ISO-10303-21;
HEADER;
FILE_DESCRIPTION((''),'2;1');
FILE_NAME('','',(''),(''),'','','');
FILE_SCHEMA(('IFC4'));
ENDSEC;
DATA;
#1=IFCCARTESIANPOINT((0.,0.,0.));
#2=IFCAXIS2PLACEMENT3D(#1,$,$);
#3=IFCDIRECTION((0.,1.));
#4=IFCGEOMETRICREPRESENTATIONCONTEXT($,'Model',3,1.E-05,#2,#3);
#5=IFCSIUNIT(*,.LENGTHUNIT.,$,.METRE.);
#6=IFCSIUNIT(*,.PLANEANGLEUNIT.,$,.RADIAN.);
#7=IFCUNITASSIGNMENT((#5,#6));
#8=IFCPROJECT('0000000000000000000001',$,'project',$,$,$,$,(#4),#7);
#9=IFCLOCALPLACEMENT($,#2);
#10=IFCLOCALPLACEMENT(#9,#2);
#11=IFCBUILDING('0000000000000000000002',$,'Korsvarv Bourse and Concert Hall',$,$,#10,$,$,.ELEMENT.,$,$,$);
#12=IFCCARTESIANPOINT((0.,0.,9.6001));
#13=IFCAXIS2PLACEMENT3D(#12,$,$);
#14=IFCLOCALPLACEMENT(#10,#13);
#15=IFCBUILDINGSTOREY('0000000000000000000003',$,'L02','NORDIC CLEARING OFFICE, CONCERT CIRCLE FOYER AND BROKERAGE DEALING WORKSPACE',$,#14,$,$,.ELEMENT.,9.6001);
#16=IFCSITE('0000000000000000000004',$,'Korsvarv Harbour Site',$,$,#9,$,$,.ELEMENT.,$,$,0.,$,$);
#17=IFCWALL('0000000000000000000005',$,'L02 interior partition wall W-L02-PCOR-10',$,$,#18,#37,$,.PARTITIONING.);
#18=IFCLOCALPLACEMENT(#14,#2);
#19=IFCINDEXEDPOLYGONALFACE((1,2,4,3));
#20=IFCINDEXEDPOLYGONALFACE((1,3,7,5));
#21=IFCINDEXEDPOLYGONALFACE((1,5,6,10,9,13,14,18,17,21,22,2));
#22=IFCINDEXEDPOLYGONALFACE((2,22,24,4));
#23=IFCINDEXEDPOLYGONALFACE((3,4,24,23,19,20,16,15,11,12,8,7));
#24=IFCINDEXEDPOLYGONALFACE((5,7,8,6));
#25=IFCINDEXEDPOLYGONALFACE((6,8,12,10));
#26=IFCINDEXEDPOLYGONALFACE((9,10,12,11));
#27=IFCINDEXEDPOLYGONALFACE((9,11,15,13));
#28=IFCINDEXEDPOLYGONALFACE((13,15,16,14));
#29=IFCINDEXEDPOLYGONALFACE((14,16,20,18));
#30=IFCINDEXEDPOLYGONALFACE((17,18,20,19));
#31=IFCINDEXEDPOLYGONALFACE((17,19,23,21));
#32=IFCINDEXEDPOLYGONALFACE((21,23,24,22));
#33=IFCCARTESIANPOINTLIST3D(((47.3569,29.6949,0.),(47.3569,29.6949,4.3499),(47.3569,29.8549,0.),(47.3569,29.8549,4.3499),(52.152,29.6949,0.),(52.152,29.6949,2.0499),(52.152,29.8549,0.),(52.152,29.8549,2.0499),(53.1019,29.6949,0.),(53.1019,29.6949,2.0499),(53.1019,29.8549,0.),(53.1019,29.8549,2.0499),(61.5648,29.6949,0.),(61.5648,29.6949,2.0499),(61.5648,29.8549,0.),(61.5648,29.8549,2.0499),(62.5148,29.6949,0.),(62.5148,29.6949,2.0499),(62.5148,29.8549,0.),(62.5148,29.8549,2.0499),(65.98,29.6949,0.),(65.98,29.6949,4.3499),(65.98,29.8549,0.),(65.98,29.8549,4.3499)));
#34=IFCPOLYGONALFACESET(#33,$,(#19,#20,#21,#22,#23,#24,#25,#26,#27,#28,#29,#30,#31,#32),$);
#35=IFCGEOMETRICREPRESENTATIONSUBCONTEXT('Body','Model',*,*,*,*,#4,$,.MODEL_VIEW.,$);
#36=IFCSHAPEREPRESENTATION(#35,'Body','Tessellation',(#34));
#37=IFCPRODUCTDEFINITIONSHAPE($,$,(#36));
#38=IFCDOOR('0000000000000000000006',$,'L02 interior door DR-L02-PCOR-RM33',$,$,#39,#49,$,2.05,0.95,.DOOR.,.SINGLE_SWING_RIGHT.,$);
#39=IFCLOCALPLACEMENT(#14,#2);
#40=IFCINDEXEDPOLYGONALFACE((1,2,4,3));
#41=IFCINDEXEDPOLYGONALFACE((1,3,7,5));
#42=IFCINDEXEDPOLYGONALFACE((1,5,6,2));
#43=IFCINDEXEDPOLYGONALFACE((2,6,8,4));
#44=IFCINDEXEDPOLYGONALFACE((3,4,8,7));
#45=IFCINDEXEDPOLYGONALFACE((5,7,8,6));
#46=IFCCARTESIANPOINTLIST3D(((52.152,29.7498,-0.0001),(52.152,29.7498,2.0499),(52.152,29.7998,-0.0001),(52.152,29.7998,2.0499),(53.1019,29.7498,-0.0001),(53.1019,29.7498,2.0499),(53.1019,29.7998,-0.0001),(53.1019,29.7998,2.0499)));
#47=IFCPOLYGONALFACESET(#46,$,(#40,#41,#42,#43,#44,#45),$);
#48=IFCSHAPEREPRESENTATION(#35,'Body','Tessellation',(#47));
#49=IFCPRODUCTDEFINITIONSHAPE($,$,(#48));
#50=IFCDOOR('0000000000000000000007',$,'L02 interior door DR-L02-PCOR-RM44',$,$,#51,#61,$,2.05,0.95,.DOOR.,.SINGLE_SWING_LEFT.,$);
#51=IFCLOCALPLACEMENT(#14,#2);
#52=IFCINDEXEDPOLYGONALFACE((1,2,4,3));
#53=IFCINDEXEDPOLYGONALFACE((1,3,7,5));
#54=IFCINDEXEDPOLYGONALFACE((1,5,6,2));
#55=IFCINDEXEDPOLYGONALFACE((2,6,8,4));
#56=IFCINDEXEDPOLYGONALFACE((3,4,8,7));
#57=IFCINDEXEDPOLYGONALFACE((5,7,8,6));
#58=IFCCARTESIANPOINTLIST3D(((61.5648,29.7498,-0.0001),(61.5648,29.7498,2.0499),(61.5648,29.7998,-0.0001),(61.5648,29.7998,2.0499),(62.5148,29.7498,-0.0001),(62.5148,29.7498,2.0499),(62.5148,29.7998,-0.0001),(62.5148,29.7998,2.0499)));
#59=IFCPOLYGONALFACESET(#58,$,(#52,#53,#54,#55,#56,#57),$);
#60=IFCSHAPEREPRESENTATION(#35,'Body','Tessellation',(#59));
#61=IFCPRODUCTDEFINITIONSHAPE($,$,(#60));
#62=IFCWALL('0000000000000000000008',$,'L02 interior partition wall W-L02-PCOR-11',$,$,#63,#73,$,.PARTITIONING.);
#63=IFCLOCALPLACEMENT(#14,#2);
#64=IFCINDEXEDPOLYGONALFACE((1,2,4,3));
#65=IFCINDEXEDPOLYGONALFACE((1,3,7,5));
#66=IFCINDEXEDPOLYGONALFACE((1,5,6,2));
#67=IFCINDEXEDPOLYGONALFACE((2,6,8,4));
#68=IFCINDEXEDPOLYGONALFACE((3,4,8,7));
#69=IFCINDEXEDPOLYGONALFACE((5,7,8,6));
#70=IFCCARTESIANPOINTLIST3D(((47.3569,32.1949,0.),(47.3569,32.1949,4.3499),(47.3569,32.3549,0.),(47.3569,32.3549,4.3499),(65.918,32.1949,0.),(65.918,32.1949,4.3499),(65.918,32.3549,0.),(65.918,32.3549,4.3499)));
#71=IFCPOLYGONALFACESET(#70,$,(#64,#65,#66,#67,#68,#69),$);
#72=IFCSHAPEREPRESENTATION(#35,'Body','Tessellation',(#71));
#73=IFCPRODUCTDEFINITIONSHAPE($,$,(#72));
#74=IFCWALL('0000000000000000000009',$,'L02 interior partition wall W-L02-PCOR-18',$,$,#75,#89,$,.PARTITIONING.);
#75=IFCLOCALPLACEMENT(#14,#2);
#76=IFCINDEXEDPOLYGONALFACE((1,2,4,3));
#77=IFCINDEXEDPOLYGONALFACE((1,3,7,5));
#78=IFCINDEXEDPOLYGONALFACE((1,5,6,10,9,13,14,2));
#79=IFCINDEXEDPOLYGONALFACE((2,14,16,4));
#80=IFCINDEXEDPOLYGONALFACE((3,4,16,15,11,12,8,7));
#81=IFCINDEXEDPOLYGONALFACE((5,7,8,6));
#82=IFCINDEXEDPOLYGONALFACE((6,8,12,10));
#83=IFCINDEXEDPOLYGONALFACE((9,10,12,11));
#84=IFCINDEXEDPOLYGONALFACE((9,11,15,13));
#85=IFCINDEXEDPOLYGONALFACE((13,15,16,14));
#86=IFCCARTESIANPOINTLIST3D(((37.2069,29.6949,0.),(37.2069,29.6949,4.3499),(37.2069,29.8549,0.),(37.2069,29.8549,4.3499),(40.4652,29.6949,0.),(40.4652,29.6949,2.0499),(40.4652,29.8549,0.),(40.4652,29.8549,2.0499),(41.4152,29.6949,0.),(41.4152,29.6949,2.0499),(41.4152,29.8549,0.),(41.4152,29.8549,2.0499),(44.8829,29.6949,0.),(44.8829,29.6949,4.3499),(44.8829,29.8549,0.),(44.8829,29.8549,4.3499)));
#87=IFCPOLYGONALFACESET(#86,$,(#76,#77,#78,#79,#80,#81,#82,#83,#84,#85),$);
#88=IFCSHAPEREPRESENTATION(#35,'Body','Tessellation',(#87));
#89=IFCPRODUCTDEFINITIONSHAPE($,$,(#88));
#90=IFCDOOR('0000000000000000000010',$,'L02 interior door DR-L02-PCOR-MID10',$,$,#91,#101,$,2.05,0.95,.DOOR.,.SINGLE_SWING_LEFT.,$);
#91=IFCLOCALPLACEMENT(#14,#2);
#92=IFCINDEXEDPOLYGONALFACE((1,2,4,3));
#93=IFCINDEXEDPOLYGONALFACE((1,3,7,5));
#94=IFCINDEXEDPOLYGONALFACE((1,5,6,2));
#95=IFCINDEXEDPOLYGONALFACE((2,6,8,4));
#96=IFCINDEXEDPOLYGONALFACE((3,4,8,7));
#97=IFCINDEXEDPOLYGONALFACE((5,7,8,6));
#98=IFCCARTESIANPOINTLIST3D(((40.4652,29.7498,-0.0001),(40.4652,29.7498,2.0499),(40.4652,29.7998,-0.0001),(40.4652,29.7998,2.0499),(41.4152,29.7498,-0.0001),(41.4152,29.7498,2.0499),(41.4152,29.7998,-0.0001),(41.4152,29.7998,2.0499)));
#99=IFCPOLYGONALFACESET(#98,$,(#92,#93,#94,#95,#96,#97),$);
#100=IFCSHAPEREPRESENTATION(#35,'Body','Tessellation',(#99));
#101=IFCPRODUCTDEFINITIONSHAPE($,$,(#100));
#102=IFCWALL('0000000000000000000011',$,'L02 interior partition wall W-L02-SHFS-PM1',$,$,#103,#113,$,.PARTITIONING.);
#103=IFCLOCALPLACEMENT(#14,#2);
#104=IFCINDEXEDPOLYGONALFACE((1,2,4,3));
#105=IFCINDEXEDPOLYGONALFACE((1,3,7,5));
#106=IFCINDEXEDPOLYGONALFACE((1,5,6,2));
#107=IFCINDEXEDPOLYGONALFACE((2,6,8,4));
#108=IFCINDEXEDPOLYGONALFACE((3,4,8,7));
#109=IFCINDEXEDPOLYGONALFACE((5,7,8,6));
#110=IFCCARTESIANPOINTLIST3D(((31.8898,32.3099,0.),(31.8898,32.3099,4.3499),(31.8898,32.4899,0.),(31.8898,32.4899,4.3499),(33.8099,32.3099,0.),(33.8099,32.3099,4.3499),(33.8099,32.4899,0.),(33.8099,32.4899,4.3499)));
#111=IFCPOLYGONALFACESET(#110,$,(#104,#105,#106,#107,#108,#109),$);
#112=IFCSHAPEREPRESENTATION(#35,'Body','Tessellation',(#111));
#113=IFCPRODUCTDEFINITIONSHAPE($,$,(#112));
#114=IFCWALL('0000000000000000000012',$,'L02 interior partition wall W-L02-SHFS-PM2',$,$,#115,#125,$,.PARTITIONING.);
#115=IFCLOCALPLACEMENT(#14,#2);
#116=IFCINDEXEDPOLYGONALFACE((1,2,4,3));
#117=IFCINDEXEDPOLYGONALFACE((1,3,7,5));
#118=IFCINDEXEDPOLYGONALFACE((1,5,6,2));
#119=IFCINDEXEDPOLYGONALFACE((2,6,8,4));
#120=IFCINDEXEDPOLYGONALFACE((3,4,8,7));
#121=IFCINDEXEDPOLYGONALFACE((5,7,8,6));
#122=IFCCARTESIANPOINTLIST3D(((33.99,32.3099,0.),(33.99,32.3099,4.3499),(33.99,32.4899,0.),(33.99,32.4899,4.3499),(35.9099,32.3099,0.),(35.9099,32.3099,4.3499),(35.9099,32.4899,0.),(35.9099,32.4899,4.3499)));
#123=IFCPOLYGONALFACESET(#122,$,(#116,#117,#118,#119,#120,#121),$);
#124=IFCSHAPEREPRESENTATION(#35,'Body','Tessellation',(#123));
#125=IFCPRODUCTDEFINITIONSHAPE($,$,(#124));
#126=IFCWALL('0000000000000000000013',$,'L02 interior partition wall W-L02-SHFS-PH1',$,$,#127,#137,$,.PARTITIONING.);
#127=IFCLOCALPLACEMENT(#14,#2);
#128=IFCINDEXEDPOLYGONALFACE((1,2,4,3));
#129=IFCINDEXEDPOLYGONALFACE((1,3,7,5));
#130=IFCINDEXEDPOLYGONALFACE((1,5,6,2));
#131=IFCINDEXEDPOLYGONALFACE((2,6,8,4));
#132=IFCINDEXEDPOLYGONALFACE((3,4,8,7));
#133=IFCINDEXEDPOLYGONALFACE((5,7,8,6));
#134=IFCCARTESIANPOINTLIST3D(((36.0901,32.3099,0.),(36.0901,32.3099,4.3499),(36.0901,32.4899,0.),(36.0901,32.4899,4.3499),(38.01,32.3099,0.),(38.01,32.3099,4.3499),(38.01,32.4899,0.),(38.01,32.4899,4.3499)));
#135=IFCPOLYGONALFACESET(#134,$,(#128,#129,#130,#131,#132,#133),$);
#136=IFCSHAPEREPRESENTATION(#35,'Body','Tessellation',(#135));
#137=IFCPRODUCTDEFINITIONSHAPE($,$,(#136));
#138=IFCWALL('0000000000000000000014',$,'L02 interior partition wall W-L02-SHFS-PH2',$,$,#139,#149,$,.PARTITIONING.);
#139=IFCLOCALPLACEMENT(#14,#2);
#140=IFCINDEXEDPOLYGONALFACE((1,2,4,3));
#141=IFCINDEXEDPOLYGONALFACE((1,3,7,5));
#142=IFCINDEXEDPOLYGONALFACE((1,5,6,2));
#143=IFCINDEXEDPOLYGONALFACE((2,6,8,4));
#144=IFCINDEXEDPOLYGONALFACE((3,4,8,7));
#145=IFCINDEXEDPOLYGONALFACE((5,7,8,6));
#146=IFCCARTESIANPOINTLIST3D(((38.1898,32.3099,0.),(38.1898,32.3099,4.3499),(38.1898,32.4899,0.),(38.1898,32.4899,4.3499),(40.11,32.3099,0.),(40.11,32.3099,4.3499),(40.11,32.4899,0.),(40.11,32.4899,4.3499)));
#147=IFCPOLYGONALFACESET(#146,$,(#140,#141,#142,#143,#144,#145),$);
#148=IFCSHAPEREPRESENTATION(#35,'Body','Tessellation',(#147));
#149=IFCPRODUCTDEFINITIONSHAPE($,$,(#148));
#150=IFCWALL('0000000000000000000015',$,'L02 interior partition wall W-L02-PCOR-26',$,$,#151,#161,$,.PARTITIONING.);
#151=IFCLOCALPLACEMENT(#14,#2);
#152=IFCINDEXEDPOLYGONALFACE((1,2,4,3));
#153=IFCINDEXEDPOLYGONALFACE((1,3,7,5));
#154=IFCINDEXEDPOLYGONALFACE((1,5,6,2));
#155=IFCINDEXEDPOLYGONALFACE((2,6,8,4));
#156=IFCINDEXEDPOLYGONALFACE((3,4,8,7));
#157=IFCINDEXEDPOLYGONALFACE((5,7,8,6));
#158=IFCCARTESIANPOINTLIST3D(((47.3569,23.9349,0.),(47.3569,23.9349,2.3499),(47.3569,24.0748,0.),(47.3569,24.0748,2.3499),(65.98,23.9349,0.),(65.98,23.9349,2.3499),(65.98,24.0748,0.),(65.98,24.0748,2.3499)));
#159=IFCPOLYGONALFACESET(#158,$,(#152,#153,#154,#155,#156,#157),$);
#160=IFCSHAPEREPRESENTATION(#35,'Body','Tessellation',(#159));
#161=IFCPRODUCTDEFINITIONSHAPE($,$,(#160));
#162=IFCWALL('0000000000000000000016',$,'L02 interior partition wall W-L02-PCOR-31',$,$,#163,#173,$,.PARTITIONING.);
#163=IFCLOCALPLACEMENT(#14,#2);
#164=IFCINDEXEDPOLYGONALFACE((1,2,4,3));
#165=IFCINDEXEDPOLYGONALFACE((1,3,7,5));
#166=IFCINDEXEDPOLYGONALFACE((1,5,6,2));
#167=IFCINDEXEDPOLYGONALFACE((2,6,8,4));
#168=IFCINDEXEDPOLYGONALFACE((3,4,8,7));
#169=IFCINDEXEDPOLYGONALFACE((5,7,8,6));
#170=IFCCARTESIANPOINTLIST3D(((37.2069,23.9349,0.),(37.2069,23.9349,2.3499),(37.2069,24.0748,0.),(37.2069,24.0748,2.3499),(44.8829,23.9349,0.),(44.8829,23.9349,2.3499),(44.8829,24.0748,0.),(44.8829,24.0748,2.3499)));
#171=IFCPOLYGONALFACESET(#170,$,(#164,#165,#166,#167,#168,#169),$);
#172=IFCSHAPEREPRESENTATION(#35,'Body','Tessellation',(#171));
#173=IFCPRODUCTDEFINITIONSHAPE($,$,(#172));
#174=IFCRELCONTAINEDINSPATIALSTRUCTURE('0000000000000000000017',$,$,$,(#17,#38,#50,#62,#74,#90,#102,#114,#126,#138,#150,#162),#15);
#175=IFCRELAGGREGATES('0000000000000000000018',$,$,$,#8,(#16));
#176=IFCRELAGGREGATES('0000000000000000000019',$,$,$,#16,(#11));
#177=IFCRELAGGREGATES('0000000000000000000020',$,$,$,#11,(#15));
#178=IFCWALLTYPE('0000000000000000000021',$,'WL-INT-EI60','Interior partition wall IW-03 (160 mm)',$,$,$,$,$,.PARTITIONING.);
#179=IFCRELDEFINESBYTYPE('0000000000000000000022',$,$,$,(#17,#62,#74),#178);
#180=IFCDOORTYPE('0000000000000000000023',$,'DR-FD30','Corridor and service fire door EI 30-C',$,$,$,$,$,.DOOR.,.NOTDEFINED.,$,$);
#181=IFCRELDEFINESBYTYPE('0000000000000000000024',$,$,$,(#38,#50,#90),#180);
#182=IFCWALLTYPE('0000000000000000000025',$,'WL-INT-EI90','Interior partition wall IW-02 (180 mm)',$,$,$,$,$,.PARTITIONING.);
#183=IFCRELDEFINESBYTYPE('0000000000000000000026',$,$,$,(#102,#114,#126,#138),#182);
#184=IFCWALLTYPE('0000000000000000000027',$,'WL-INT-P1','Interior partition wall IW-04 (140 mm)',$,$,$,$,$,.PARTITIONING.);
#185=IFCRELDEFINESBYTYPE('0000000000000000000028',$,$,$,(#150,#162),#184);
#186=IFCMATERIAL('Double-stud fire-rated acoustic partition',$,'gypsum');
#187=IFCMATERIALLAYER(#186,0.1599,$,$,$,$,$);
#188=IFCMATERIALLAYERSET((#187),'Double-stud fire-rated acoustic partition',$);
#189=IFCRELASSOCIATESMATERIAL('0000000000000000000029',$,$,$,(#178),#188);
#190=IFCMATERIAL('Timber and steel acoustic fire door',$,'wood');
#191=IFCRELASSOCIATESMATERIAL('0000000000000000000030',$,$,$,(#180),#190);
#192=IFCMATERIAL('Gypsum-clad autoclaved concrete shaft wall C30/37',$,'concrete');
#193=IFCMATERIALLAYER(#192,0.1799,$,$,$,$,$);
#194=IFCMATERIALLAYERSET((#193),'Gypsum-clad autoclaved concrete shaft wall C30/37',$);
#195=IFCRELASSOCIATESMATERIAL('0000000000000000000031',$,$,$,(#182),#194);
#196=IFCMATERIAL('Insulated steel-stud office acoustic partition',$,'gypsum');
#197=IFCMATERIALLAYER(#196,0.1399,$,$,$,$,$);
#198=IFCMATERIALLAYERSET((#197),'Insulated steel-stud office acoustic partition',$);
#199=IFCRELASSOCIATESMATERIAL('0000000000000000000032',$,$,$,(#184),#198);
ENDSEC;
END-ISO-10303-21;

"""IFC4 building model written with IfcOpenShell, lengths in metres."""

from ifc_helpers import new_model, si_unit, direction, frame, frame_2d, origin, place, context, subcontext, project, spatial, rectangle, extrude, material, layer, layer_set, type_object, element, fill, save


model = new_model("IFC4")

# Units and contexts
model_context = context("Model", 3, precision=1e-05, world=origin(), true_north=direction((0.0, 1.0)))
body_context = subcontext(model_context, "Body", "Model", "MODEL_VIEW")
ifc_project = project(units=[si_unit("LENGTHUNIT", "METRE"), si_unit("PLANEANGLEUNIT", "RADIAN")], contexts=[model_context])

# Site, building, storey
site_placement = place(None, origin())
site = spatial("IfcSite", under=ifc_project, at=site_placement, Name="Korsvarv Harbour Site", CompositionType="ELEMENT", RefElevation=0.0)
building_placement = place(site_placement, origin())
building = spatial("IfcBuilding", under=site, at=building_placement, Name="Korsvarv Bourse and Concert Hall", CompositionType="ELEMENT")
storey_placement = place(building_placement, frame((0.0, 0.0, 9.6001)))
storey = spatial("IfcBuildingStorey", under=building, at=storey_placement, Name="L02", Description="NORDIC CLEARING OFFICE, CONCERT CIRCLE FOYER AND BROKERAGE DEALING WORKSPACE", CompositionType="ELEMENT", Elevation=9.6001)

# Wall, openings, doors
ifc_material_1 = material(Name="Double-stud fire-rated acoustic partition", Category="gypsum")
ifc_layer_1 = layer(ifc_material_1, 0.1599)
ifc_layer_set_1 = layer_set([ifc_layer_1], Name="Double-stud fire-rated acoustic partition")
wall_type_1 = type_object("IfcWallType", Name="WL-INT-EI60", Description="Interior partition wall IW-03 (160 mm)", PredefinedType="PARTITIONING", material=ifc_layer_set_1)
ifc_material_2 = material(Name="Timber and steel acoustic fire door", Category="wood")
door_type = type_object("IfcDoorType", Name="DR-FD30", Description="Corridor and service fire door EI 30-C", OperationType="NOTDEFINED", PredefinedType="DOOR", material=ifc_material_2)
wall_1_placement = place(storey_placement, frame((47.3569, 29.7749, 0.0), z_axis=(0.0, 0.0, 1.0), x_axis=(1.0, 0.0, 0.0)))
wall_1 = element("IfcWall", 1, at=wall_1_placement, inside=storey, type_object=wall_type_1, Name="L02 interior partition wall W-L02-PCOR-10", PredefinedType="PARTITIONING", context=body_context, shape_type="SweptSolid", body=[
    extrude(rectangle(XDim=18.623, YDim=0.1599, at=frame_2d((9.3115, 0.0))), origin(), (0.0, 0.0, 1.0), 4.3499),
])
opening_1_placement = place(wall_1_placement, frame((4.7949, 0.0, 0.0)))
opening_1 = element("IfcOpeningElement", 2, at=opening_1_placement, cuts=wall_1, PredefinedType="OPENING", context=body_context, shape_type="SweptSolid", body=[
    extrude(rectangle(XDim=0.95, YDim=2.05, at=frame_2d((0.4751, 1.0249))), frame((0.0, 0.0898, 0.0), z_axis=(0.0, -1.0, 0.0), x_axis=(1.0, 0.0, 0.0)), (0.0, 0.0, 1.0), 0.1799),
])
opening_2_placement = place(wall_1_placement, frame((14.2078, 0.0, 0.0)))
opening_2 = element("IfcOpeningElement", 3, at=opening_2_placement, cuts=wall_1, PredefinedType="OPENING", context=body_context, shape_type="SweptSolid", body=[
    extrude(rectangle(XDim=0.95, YDim=2.05, at=frame_2d((0.4751, 1.0249))), frame((0.0, 0.0898, 0.0), z_axis=(0.0, -1.0, 0.0), x_axis=(1.0, 0.0, 0.0)), (0.0, 0.0, 1.0), 0.1799),
])
door_1_placement = place(opening_1_placement, origin())
door_1 = element("IfcDoor", 4, at=door_1_placement, inside=storey, type_object=door_type, Name="L02 interior door DR-L02-PCOR-RM33", OperationType="SINGLE_SWING_RIGHT", OverallHeight=2.05, OverallWidth=0.95, PredefinedType="DOOR", context=body_context, shape_type="SweptSolid", body=[
    extrude(rectangle(XDim=0.95, YDim=2.05, at=frame_2d((0.4751, 1.0249))), frame((0.0, 0.0249, 0.0), z_axis=(0.0, -1.0, 0.0), x_axis=(1.0, 0.0, 0.0)), (0.0, 0.0, 1.0), 0.05),
])
fill(opening_1, door_1)
door_2_placement = place(opening_2_placement, origin())
door_2 = element("IfcDoor", 5, at=door_2_placement, inside=storey, type_object=door_type, Name="L02 interior door DR-L02-PCOR-RM44", OperationType="SINGLE_SWING_LEFT", OverallHeight=2.05, OverallWidth=0.95, PredefinedType="DOOR", context=body_context, shape_type="SweptSolid", body=[
    extrude(rectangle(XDim=0.95, YDim=2.05, at=frame_2d((0.4751, 1.0249))), frame((0.0, 0.0249, 0.0), z_axis=(0.0, -1.0, 0.0), x_axis=(1.0, 0.0, 0.0)), (0.0, 0.0, 1.0), 0.05),
])
fill(opening_2, door_2)

# Wall
wall_2_placement = place(storey_placement, frame((47.3569, 32.2749, 0.0), z_axis=(0.0, 0.0, 1.0), x_axis=(1.0, 0.0, 0.0)))
element("IfcWall", 6, at=wall_2_placement, inside=storey, type_object=wall_type_1, Name="L02 interior partition wall W-L02-PCOR-11", PredefinedType="PARTITIONING", context=body_context, shape_type="SweptSolid", body=[
    extrude(rectangle(XDim=18.561, YDim=0.1599, at=frame_2d((9.2805, 0.0))), origin(), (0.0, 0.0, 1.0), 4.3499),
])

# Wall, opening, door
wall_3_placement = place(storey_placement, frame((37.207, 29.7749, 0.0), z_axis=(0.0, 0.0, 1.0), x_axis=(1.0, 0.0, 0.0)))
wall_3 = element("IfcWall", 7, at=wall_3_placement, inside=storey, type_object=wall_type_1, Name="L02 interior partition wall W-L02-PCOR-18", PredefinedType="PARTITIONING", context=body_context, shape_type="SweptSolid", body=[
    extrude(rectangle(XDim=7.676, YDim=0.1599, at=frame_2d((3.8379, 0.0))), origin(), (0.0, 0.0, 1.0), 4.3499),
])
opening_3_placement = place(wall_3_placement, frame((3.2581, 0.0, 0.0)))
opening_3 = element("IfcOpeningElement", 8, at=opening_3_placement, cuts=wall_3, PredefinedType="OPENING", context=body_context, shape_type="SweptSolid", body=[
    extrude(rectangle(XDim=0.95, YDim=2.05, at=frame_2d((0.4751, 1.0249))), frame((0.0, 0.0898, 0.0), z_axis=(0.0, -1.0, 0.0), x_axis=(1.0, 0.0, 0.0)), (0.0, 0.0, 1.0), 0.1799),
])
door_3_placement = place(opening_3_placement, origin())
door_3 = element("IfcDoor", 9, at=door_3_placement, inside=storey, type_object=door_type, Name="L02 interior door DR-L02-PCOR-MID10", OperationType="SINGLE_SWING_LEFT", OverallHeight=2.05, OverallWidth=0.95, PredefinedType="DOOR", context=body_context, shape_type="SweptSolid", body=[
    extrude(rectangle(XDim=0.95, YDim=2.05, at=frame_2d((0.4751, 1.0249))), frame((0.0, 0.0249, 0.0), z_axis=(0.0, -1.0, 0.0), x_axis=(1.0, 0.0, 0.0)), (0.0, 0.0, 1.0), 0.05),
])
fill(opening_3, door_3)

# Walls
ifc_material_3 = material(Name="Gypsum-clad autoclaved concrete shaft wall C30/37", Category="concrete")
ifc_layer_2 = layer(ifc_material_3, 0.1799)
ifc_layer_set_2 = layer_set([ifc_layer_2], Name="Gypsum-clad autoclaved concrete shaft wall C30/37")
wall_type_2 = type_object("IfcWallType", Name="WL-INT-EI90", Description="Interior partition wall IW-02 (180 mm)", PredefinedType="PARTITIONING", material=ifc_layer_set_2)
wall_4_placement = place(storey_placement, frame((31.8899, 32.3999, 0.0), z_axis=(0.0, 0.0, 1.0), x_axis=(1.0, 0.0, 0.0)))
element("IfcWall", 10, at=wall_4_placement, inside=storey, type_object=wall_type_2, Name="L02 interior partition wall W-L02-SHFS-PM1", PredefinedType="PARTITIONING", context=body_context, shape_type="SweptSolid", body=[
    extrude(rectangle(XDim=1.9202, YDim=0.1799, at=frame_2d((0.96, 0.0))), origin(), (0.0, 0.0, 1.0), 4.3499),
])
for number, where, z_axis, x_axis, name in (
    (11, (33.99, 32.3999, 0.0), (0.0, 0.0, 1.0), (1.0, 0.0, 0.0), "L02 interior partition wall W-L02-SHFS-PM2"),
    (12, (36.0901, 32.3999, 0.0), (0.0, 0.0, 1.0), (1.0, 0.0, 0.0), "L02 interior partition wall W-L02-SHFS-PH1"),
):
    element("IfcWall", number, at=place(storey_placement, frame(where, z_axis=z_axis, x_axis=x_axis)), inside=storey, type_object=wall_type_2, Name=name, PredefinedType="PARTITIONING", context=body_context, shape_type="SweptSolid", body=[
        extrude(rectangle(XDim=1.9199, YDim=0.1799, at=frame_2d((0.96, 0.0))), origin(), (0.0, 0.0, 1.0), 4.3499),
    ])
wall_5_placement = place(storey_placement, frame((38.1899, 32.3999, 0.0), z_axis=(0.0, 0.0, 1.0), x_axis=(1.0, 0.0, 0.0)))
element("IfcWall", 13, at=wall_5_placement, inside=storey, type_object=wall_type_2, Name="L02 interior partition wall W-L02-SHFS-PH2", PredefinedType="PARTITIONING", context=body_context, shape_type="SweptSolid", body=[
    extrude(rectangle(XDim=1.9202, YDim=0.1799, at=frame_2d((0.96, 0.0))), origin(), (0.0, 0.0, 1.0), 4.3499),
])
ifc_material_4 = material(Name="Insulated steel-stud office acoustic partition", Category="gypsum")
ifc_layer_3 = layer(ifc_material_4, 0.1399)
ifc_layer_set_3 = layer_set([ifc_layer_3], Name="Insulated steel-stud office acoustic partition")
wall_type_3 = type_object("IfcWallType", Name="WL-INT-P1", Description="Interior partition wall IW-04 (140 mm)", PredefinedType="PARTITIONING", material=ifc_layer_set_3)
wall_6_placement = place(storey_placement, frame((47.3569, 24.0049, 0.0), z_axis=(0.0, 0.0, 1.0), x_axis=(1.0, 0.0, 0.0)))
element("IfcWall", 14, at=wall_6_placement, inside=storey, type_object=wall_type_3, Name="L02 interior partition wall W-L02-PCOR-26", PredefinedType="PARTITIONING", context=body_context, shape_type="SweptSolid", body=[
    extrude(rectangle(XDim=18.623, YDim=0.1399, at=frame_2d((9.3115, 0.0))), origin(), (0.0, 0.0, 1.0), 2.3499),
])
wall_7_placement = place(storey_placement, frame((37.207, 24.0049, 0.0), z_axis=(0.0, 0.0, 1.0), x_axis=(1.0, 0.0, 0.0)))
element("IfcWall", 15, at=wall_7_placement, inside=storey, type_object=wall_type_3, Name="L02 interior partition wall W-L02-PCOR-31", PredefinedType="PARTITIONING", context=body_context, shape_type="SweptSolid", body=[
    extrude(rectangle(XDim=7.676, YDim=0.1399, at=frame_2d((3.8379, 0.0))), origin(), (0.0, 0.0, 1.0), 2.3499),
])

save(model, "model.ifc")
